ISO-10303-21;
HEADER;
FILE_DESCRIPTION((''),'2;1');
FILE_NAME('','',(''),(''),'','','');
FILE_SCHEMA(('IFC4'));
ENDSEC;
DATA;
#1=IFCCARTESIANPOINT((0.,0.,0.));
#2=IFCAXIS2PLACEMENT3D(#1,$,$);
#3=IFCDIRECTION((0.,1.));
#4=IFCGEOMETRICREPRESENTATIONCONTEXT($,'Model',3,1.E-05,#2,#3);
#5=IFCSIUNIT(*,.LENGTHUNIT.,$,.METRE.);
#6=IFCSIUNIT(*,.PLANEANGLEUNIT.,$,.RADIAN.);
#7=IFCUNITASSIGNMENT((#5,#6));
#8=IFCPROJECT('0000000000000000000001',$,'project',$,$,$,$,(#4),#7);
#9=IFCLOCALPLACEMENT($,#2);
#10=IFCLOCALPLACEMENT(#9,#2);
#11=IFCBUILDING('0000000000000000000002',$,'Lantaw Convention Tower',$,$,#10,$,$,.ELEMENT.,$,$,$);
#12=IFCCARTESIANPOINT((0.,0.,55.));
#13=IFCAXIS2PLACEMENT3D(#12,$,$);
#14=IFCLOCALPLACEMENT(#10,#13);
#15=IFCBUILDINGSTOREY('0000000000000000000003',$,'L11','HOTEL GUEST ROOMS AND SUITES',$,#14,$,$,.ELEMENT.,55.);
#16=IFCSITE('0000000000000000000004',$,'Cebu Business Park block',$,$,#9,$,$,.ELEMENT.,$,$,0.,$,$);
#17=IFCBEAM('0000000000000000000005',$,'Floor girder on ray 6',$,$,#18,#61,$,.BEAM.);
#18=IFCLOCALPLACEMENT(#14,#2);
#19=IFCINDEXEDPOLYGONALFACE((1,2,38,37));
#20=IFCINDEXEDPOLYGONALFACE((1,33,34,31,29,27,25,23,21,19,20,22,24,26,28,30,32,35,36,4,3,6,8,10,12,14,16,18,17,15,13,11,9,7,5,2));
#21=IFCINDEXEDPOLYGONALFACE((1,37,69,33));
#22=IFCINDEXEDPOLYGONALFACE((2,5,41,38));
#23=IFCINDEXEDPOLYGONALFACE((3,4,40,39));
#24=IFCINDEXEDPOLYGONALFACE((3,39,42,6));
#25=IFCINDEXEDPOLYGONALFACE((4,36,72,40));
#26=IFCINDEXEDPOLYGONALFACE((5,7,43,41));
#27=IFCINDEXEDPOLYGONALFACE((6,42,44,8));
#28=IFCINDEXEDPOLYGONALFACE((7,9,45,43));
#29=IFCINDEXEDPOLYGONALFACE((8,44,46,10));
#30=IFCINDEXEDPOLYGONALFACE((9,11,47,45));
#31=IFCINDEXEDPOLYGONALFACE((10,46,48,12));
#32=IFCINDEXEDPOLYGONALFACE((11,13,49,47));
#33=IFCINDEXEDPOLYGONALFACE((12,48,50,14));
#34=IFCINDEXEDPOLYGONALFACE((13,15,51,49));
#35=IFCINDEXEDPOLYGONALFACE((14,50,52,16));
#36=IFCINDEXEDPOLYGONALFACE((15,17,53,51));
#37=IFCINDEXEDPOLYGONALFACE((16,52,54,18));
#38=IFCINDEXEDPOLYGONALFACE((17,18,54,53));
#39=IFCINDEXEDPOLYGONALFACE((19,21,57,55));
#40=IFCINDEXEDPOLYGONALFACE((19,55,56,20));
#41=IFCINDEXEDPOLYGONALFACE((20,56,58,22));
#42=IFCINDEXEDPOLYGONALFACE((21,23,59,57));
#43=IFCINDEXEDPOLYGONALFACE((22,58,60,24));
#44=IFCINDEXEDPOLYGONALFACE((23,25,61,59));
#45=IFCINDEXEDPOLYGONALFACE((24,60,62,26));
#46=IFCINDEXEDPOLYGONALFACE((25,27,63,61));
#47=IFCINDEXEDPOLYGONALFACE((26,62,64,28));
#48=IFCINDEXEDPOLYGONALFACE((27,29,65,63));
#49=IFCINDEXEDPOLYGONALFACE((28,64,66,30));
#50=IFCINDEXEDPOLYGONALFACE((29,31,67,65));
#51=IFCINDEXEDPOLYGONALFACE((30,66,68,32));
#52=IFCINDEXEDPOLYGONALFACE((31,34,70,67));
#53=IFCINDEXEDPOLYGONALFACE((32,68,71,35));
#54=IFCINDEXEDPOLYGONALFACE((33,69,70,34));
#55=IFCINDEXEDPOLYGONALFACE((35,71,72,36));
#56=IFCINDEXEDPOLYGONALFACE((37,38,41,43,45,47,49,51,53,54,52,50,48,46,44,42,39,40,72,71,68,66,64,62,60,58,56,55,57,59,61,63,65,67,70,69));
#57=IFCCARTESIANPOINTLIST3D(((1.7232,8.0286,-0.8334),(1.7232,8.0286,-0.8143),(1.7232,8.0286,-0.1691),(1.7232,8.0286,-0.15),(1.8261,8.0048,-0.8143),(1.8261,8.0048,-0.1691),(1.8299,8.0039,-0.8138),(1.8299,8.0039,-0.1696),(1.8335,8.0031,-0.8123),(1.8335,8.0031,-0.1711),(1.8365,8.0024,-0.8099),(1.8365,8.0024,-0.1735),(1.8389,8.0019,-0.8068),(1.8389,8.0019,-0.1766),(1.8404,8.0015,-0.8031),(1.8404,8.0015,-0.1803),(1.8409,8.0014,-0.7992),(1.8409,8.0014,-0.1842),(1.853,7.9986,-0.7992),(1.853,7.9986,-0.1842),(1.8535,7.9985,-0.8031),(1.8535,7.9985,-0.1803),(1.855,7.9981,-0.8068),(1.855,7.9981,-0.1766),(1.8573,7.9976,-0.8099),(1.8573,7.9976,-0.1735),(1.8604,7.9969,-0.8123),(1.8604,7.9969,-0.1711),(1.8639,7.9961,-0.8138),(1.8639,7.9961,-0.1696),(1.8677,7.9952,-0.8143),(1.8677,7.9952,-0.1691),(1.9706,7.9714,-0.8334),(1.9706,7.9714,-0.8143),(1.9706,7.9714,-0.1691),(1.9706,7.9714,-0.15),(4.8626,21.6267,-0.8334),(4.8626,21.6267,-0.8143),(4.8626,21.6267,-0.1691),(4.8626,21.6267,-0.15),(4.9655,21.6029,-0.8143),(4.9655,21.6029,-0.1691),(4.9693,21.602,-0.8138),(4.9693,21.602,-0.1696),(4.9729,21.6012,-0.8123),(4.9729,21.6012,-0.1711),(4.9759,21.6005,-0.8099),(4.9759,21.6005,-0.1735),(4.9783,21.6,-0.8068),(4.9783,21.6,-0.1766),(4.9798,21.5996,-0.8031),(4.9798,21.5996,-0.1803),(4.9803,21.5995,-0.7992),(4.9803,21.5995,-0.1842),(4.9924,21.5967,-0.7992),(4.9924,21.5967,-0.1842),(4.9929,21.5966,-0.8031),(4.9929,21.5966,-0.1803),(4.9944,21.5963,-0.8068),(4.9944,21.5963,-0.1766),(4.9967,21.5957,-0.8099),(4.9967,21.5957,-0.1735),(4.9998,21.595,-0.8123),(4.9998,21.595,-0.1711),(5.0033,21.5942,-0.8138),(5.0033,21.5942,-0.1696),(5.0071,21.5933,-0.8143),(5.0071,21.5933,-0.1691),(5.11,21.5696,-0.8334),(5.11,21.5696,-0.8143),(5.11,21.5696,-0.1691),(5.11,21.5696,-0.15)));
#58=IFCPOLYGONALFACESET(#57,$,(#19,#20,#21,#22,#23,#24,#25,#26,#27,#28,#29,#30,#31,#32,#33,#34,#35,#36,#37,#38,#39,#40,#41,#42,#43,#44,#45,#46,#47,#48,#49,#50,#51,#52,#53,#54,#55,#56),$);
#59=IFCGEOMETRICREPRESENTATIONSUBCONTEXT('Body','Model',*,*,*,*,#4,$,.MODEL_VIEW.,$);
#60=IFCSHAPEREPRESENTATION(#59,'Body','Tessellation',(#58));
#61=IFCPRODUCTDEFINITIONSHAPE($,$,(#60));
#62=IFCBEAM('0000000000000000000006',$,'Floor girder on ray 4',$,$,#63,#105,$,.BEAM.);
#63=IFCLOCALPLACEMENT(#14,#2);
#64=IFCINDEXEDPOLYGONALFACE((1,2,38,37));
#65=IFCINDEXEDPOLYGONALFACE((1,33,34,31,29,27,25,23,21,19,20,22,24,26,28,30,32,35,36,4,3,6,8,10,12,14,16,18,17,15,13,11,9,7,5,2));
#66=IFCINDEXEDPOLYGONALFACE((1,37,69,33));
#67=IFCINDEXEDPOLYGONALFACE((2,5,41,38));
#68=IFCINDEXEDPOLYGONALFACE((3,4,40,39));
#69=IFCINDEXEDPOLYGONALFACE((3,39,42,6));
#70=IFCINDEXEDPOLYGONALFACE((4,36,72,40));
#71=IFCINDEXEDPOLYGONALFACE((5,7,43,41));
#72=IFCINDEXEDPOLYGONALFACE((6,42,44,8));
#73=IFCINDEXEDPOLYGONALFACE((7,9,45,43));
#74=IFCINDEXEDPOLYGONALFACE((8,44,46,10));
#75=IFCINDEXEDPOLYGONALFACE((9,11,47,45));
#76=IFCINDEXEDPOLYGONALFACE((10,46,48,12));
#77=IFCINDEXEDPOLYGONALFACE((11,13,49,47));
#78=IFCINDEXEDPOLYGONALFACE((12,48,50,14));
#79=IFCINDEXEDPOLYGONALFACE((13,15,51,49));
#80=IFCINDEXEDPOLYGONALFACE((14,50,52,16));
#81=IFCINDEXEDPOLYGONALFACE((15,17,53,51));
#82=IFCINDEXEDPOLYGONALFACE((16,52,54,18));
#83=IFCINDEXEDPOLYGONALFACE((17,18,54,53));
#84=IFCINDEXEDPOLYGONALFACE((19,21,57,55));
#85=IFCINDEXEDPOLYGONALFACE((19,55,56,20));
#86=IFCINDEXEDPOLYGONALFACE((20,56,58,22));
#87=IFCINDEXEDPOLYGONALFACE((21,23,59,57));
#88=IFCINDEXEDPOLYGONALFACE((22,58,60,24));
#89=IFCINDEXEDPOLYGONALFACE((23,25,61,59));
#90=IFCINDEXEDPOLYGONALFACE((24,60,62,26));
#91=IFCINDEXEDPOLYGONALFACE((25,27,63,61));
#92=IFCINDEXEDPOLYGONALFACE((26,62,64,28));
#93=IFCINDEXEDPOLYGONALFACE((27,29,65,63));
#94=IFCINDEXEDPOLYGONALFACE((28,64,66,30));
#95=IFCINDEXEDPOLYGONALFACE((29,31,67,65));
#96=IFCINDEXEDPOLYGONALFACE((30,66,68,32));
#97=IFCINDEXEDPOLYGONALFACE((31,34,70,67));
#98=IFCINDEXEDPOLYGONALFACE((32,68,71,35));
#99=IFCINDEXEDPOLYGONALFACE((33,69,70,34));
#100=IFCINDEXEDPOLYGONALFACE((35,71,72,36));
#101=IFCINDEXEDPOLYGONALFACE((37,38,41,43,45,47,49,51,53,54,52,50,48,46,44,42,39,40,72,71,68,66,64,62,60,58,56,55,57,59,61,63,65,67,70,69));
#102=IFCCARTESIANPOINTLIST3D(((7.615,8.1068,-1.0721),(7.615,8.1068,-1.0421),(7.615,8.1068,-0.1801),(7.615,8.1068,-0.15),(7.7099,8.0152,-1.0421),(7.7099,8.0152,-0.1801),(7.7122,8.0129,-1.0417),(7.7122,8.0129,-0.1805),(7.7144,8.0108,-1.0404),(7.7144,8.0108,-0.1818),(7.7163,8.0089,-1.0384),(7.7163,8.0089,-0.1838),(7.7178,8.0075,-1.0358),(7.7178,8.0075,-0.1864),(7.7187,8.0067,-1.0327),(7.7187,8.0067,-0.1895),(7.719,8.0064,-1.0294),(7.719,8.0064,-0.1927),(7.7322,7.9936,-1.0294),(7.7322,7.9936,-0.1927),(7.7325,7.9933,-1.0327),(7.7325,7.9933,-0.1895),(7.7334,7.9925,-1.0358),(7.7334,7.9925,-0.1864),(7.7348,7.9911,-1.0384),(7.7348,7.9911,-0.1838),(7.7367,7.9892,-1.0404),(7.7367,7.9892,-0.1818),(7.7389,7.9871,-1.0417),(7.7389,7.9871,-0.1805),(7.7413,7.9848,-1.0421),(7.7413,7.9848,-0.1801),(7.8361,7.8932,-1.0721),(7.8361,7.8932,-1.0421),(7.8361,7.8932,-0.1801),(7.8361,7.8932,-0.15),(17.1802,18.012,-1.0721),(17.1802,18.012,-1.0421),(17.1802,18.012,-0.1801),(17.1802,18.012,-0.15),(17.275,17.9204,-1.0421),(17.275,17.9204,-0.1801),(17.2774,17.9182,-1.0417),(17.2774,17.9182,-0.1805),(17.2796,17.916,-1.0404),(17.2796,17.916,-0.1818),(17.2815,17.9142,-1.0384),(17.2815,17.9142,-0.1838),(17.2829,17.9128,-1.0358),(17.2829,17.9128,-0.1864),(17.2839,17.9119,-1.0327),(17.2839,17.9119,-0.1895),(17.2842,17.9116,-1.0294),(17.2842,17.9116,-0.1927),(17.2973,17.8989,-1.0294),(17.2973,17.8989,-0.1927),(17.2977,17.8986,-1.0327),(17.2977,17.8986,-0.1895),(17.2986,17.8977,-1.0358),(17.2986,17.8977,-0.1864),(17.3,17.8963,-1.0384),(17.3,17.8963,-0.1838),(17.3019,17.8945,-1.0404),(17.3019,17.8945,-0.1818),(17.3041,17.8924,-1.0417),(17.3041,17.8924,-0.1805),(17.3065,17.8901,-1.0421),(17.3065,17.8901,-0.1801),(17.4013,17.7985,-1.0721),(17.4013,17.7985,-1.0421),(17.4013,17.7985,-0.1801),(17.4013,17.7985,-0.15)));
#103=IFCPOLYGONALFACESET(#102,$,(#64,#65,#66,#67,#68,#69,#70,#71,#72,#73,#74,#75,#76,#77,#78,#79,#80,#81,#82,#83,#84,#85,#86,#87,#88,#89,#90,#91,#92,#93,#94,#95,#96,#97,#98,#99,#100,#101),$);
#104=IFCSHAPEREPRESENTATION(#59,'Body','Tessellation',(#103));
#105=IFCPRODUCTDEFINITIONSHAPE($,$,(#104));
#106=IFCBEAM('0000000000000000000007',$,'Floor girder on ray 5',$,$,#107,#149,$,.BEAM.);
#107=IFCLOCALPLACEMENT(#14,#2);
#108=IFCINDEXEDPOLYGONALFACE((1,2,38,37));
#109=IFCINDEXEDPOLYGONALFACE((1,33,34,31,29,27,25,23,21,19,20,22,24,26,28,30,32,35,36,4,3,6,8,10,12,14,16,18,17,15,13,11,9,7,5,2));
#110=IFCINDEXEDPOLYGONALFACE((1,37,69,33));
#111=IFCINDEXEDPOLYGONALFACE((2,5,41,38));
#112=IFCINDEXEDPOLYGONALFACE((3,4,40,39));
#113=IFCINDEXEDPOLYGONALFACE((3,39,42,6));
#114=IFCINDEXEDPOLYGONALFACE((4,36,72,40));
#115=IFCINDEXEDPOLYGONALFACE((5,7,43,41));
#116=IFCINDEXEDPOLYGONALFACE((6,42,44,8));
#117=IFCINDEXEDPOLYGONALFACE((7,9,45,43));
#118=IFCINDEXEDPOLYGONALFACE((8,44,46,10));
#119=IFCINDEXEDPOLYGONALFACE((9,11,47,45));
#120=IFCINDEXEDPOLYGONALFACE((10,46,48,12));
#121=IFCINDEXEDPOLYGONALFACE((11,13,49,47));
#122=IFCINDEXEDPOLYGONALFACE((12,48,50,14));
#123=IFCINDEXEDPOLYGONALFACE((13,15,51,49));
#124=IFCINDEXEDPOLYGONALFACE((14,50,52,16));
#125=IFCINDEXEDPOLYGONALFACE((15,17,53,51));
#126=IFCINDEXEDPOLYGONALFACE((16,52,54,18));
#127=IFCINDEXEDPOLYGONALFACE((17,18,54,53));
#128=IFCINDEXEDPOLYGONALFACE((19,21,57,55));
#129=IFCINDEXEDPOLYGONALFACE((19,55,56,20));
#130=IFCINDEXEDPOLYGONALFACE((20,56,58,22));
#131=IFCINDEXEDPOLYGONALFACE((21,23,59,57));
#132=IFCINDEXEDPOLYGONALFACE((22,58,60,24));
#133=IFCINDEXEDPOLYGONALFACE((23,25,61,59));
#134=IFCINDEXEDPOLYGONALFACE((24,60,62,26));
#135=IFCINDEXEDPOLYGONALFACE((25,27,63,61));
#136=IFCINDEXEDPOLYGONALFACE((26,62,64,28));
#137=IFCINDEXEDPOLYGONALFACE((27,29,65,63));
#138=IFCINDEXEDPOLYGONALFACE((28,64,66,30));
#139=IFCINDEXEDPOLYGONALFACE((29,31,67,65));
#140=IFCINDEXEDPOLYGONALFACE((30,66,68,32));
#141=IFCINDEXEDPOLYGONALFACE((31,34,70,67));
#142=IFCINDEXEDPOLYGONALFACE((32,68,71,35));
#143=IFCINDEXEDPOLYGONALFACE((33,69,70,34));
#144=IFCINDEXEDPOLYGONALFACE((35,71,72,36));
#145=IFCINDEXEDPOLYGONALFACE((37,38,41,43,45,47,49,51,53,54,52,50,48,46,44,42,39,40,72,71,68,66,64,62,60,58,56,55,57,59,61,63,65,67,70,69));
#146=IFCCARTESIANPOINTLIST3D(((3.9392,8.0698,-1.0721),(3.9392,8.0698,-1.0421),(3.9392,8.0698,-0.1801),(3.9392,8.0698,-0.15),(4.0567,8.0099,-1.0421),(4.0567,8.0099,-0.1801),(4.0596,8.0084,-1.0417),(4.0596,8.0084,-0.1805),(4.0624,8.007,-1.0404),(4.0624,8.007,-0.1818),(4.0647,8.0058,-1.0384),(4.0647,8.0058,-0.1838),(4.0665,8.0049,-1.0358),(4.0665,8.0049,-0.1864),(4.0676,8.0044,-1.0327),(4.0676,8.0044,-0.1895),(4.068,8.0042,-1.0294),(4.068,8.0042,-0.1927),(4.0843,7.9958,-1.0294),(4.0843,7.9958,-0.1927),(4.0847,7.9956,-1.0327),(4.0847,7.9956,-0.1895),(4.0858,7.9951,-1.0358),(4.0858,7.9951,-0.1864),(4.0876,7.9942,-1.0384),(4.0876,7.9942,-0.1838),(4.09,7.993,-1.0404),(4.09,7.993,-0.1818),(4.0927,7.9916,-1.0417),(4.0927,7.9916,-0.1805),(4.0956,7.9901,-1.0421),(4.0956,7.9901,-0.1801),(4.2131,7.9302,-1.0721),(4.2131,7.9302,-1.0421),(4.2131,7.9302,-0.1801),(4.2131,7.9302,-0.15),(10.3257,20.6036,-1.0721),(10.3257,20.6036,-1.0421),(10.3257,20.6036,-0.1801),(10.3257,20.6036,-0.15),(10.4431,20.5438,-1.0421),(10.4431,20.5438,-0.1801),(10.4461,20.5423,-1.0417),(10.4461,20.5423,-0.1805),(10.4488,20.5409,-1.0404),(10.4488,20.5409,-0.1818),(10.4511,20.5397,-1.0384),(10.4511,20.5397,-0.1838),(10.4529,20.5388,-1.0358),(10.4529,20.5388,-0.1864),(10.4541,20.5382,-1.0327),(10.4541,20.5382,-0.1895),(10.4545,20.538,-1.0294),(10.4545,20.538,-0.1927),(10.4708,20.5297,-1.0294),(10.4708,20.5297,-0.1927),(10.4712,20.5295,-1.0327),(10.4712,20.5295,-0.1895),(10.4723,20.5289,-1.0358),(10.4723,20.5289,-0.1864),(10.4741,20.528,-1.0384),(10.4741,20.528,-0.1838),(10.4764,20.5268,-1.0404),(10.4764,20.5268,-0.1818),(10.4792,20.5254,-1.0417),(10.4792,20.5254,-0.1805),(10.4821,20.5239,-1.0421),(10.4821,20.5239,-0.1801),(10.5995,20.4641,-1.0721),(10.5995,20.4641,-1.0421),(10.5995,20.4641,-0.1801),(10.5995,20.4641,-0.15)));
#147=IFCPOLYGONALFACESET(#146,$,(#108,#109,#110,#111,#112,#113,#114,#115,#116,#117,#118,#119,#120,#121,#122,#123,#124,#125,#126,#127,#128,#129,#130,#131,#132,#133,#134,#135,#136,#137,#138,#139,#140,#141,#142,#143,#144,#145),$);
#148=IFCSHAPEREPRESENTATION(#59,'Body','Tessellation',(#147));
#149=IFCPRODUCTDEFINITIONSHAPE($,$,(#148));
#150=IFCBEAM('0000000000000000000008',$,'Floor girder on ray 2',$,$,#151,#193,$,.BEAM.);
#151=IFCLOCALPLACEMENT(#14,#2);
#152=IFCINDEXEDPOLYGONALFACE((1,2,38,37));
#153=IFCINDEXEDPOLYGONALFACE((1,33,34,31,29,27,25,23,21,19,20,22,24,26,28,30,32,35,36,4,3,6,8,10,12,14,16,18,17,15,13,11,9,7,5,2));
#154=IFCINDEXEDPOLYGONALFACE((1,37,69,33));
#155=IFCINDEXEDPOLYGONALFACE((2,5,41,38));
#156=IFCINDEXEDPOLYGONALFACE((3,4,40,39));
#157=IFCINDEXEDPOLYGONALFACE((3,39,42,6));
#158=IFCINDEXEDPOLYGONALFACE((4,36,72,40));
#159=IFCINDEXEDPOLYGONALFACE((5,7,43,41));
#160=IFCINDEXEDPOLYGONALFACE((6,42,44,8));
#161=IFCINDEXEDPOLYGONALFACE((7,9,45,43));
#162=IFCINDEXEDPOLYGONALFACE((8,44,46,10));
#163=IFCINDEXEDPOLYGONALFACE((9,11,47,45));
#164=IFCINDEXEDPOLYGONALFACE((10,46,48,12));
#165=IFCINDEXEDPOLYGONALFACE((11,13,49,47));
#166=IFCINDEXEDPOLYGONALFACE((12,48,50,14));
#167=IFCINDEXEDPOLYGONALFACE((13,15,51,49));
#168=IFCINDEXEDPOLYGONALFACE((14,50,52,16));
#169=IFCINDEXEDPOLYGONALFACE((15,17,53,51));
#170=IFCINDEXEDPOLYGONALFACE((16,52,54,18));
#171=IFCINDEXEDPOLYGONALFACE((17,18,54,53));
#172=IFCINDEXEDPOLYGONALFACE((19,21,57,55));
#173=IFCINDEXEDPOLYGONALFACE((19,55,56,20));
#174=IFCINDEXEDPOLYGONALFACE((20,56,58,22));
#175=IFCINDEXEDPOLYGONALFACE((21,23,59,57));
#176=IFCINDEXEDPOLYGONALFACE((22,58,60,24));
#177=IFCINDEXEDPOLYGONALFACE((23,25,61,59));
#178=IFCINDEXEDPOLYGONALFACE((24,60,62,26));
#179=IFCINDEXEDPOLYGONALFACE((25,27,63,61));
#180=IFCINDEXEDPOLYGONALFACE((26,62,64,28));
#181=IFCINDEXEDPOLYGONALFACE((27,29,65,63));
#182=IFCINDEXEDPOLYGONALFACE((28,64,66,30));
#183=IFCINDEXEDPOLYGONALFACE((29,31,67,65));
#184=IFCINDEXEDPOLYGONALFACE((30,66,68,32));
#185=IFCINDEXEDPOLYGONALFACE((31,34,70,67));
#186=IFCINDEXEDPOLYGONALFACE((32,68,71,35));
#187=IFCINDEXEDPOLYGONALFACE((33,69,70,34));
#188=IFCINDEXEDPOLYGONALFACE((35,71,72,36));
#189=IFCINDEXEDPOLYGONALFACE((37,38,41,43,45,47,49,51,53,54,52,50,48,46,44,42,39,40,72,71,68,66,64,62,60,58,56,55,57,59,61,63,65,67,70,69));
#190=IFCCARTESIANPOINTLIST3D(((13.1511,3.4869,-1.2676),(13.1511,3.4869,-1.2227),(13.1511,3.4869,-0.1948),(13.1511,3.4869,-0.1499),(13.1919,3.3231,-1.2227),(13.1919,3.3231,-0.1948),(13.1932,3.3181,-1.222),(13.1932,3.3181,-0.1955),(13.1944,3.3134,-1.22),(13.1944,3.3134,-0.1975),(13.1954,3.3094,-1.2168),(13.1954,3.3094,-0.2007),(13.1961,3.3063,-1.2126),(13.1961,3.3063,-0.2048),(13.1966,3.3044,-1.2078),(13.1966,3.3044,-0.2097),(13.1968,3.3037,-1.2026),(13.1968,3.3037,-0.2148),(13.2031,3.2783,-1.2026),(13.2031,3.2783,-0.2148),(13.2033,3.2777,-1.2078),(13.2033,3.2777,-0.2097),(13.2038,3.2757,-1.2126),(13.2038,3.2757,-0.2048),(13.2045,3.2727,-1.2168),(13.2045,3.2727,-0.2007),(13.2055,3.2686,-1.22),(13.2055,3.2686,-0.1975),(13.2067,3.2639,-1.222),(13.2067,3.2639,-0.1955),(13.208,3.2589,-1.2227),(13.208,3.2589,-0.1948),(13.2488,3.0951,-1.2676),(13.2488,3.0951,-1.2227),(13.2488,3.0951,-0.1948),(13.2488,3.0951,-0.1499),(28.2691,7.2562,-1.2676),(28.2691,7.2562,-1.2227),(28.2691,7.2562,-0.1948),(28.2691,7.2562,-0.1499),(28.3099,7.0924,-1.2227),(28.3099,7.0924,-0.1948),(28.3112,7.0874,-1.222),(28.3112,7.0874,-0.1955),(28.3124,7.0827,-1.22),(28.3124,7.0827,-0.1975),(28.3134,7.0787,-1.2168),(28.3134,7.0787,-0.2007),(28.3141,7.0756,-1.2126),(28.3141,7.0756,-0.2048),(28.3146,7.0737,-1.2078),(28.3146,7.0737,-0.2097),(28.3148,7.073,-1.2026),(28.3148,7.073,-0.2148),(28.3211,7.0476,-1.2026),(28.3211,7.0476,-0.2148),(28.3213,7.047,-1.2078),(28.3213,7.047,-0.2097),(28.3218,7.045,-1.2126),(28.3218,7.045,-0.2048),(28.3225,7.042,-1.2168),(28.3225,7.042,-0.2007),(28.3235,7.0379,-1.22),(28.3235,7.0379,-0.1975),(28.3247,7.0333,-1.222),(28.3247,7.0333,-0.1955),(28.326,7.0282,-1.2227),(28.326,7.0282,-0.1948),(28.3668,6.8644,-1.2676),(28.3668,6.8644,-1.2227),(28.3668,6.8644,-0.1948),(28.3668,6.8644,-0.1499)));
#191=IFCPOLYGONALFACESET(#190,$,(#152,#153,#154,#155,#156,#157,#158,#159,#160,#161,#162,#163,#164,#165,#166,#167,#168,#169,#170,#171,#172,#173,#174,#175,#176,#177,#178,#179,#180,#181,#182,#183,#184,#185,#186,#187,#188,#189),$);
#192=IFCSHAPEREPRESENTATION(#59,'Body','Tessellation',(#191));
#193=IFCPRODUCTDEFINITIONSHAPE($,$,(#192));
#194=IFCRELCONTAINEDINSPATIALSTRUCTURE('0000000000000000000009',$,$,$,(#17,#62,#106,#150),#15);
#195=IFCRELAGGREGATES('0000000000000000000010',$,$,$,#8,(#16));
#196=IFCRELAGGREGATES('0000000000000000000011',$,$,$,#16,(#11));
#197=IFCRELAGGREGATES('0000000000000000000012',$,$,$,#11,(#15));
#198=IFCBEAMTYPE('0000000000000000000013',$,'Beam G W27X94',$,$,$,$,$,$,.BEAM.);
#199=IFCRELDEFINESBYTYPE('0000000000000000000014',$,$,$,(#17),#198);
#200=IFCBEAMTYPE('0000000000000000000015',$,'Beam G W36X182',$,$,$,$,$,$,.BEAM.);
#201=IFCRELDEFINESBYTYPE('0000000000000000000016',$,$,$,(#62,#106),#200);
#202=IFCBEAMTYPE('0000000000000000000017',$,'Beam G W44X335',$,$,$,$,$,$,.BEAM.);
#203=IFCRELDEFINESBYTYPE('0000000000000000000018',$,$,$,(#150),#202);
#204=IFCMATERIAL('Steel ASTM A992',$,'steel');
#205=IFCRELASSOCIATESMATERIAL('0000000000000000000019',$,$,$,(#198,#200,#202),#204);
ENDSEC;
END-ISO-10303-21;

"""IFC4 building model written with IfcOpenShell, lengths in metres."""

from ifc_helpers import new_model, si_unit, direction, frame, origin, origin_2d, place, context, subcontext, project, spatial, i_section, extrude, material, material_profile, profile_set, type_object, element, save


model = new_model("IFC4")

# Units and contexts
model_context = context("Model", 3, precision=1e-05, world=origin(), true_north=direction((0.0, 1.0)))
body_context = subcontext(model_context, "Body", "Model", "MODEL_VIEW")
ifc_project = project(units=[si_unit("LENGTHUNIT", "METRE"), si_unit("PLANEANGLEUNIT", "RADIAN")], contexts=[model_context])

# Site, building, storey
site_placement = place(None, origin())
site = spatial("IfcSite", under=ifc_project, at=site_placement, Name="Cebu Business Park block", CompositionType="ELEMENT", RefElevation=0.0)
building_placement = place(site_placement, origin())
building = spatial("IfcBuilding", under=site, at=building_placement, Name="Lantaw Convention Tower", CompositionType="ELEMENT")
storey_placement = place(building_placement, frame((0.0, 0.0, 55.0)))
storey = spatial("IfcBuildingStorey", under=building, at=storey_placement, Name="L11", Description="HOTEL GUEST ROOMS AND SUITES", CompositionType="ELEMENT", Elevation=55.0)

# Beams
ifc_material_1 = material(Name="Steel ASTM A992", Category="steel")
ifc_material_profile_1 = material_profile(ifc_material_1, i_section(OverallWidth=0.2539, OverallDepth=0.6833, WebThickness=0.0125, FlangeThickness=0.019, FilletRadius=0.0151, at=origin_2d()), Name="W27X94")
ifc_profile_set_1 = profile_set([ifc_material_profile_1], Name="Steel ASTM A992")
beam_type_1 = type_object("IfcBeamType", Name="Beam G W27X94", PredefinedType="BEAM", material=ifc_profile_set_1)
beam_1_placement = place(storey_placement, frame((1.8469, 8.0, -0.4917), z_axis=(0.224953, 0.97437, 0.0), x_axis=(-0.97437, 0.224953, 0.0)))
element("IfcBeam", 1, at=beam_1_placement, inside=storey, type_object=beam_type_1, Name="Floor girder on ray 6", PredefinedType="BEAM", context=body_context, shape_type="SweptSolid", body=[
    extrude(i_section(OverallWidth=0.2539, OverallDepth=0.6833, WebThickness=0.0125, FlangeThickness=0.019, FilletRadius=0.0151, at=origin_2d()), origin(), (0.0, 0.0, 1.0), 13.9558),
])
ifc_material_profile_2 = material_profile(ifc_material_1, i_section(OverallWidth=0.3074, OverallDepth=0.9221, WebThickness=0.0183, FlangeThickness=0.03, FilletRadius=0.0127, at=origin_2d()), Name="W36X182")
ifc_profile_set_2 = profile_set([ifc_material_profile_2], Name="Steel ASTM A992")
beam_type_2 = type_object("IfcBeamType", Name="Beam G W36X182", PredefinedType="BEAM", material=ifc_profile_set_2)
beam_2_placement = place(storey_placement, frame((7.7256, 8.0, -0.6111), z_axis=(0.69465, 0.719348, 0.0), x_axis=(-0.719348, 0.69465, 0.0)))
element("IfcBeam", 2, at=beam_2_placement, inside=storey, type_object=beam_type_2, Name="Floor girder on ray 4", PredefinedType="BEAM", context=body_context, shape_type="SweptSolid", body=[
    extrude(i_section(OverallWidth=0.3074, OverallDepth=0.9221, WebThickness=0.0183, FlangeThickness=0.03, FilletRadius=0.0127, at=origin_2d()), origin(), (0.0, 0.0, 1.0), 13.7698),
])
beam_3_placement = place(storey_placement, frame((4.0762, 8.0, -0.6111), z_axis=(0.453997, 0.891003, 0.0), x_axis=(-0.891003, 0.453997, 0.0)))
element("IfcBeam", 3, at=beam_3_placement, inside=storey, type_object=beam_type_2, Name="Floor girder on ray 5", PredefinedType="BEAM", context=body_context, shape_type="SweptSolid", body=[
    extrude(i_section(OverallWidth=0.3074, OverallDepth=0.9221, WebThickness=0.0183, FlangeThickness=0.03, FilletRadius=0.0127, at=origin_2d()), origin(), (0.0, 0.0, 1.0), 14.0671),
])
ifc_material_profile_3 = material_profile(ifc_material_1, i_section(OverallWidth=0.4038, OverallDepth=1.1177, WebThickness=0.0261, FlangeThickness=0.0449, FilletRadius=0.02, at=origin_2d()), Name="W44X335")
ifc_profile_set_3 = profile_set([ifc_material_profile_3], Name="Steel ASTM A992")
beam_type_3 = type_object("IfcBeamType", Name="Beam G W44X335", PredefinedType="BEAM", material=ifc_profile_set_3)
beam_4_placement = place(storey_placement, frame((13.2, 3.291, -0.7087), z_axis=(0.970296, 0.24192, 0.0), x_axis=(-0.24192, 0.970296, 0.0)))
element("IfcBeam", 4, at=beam_4_placement, inside=storey, type_object=beam_type_3, Name="Floor girder on ray 2", PredefinedType="BEAM", context=body_context, shape_type="SweptSolid", body=[
    extrude(i_section(OverallWidth=0.4038, OverallDepth=1.1177, WebThickness=0.0261, FlangeThickness=0.0449, FilletRadius=0.02, at=origin_2d()), origin(), (0.0, 0.0, 1.0), 15.5808),
])

save(model, "model.ifc")
